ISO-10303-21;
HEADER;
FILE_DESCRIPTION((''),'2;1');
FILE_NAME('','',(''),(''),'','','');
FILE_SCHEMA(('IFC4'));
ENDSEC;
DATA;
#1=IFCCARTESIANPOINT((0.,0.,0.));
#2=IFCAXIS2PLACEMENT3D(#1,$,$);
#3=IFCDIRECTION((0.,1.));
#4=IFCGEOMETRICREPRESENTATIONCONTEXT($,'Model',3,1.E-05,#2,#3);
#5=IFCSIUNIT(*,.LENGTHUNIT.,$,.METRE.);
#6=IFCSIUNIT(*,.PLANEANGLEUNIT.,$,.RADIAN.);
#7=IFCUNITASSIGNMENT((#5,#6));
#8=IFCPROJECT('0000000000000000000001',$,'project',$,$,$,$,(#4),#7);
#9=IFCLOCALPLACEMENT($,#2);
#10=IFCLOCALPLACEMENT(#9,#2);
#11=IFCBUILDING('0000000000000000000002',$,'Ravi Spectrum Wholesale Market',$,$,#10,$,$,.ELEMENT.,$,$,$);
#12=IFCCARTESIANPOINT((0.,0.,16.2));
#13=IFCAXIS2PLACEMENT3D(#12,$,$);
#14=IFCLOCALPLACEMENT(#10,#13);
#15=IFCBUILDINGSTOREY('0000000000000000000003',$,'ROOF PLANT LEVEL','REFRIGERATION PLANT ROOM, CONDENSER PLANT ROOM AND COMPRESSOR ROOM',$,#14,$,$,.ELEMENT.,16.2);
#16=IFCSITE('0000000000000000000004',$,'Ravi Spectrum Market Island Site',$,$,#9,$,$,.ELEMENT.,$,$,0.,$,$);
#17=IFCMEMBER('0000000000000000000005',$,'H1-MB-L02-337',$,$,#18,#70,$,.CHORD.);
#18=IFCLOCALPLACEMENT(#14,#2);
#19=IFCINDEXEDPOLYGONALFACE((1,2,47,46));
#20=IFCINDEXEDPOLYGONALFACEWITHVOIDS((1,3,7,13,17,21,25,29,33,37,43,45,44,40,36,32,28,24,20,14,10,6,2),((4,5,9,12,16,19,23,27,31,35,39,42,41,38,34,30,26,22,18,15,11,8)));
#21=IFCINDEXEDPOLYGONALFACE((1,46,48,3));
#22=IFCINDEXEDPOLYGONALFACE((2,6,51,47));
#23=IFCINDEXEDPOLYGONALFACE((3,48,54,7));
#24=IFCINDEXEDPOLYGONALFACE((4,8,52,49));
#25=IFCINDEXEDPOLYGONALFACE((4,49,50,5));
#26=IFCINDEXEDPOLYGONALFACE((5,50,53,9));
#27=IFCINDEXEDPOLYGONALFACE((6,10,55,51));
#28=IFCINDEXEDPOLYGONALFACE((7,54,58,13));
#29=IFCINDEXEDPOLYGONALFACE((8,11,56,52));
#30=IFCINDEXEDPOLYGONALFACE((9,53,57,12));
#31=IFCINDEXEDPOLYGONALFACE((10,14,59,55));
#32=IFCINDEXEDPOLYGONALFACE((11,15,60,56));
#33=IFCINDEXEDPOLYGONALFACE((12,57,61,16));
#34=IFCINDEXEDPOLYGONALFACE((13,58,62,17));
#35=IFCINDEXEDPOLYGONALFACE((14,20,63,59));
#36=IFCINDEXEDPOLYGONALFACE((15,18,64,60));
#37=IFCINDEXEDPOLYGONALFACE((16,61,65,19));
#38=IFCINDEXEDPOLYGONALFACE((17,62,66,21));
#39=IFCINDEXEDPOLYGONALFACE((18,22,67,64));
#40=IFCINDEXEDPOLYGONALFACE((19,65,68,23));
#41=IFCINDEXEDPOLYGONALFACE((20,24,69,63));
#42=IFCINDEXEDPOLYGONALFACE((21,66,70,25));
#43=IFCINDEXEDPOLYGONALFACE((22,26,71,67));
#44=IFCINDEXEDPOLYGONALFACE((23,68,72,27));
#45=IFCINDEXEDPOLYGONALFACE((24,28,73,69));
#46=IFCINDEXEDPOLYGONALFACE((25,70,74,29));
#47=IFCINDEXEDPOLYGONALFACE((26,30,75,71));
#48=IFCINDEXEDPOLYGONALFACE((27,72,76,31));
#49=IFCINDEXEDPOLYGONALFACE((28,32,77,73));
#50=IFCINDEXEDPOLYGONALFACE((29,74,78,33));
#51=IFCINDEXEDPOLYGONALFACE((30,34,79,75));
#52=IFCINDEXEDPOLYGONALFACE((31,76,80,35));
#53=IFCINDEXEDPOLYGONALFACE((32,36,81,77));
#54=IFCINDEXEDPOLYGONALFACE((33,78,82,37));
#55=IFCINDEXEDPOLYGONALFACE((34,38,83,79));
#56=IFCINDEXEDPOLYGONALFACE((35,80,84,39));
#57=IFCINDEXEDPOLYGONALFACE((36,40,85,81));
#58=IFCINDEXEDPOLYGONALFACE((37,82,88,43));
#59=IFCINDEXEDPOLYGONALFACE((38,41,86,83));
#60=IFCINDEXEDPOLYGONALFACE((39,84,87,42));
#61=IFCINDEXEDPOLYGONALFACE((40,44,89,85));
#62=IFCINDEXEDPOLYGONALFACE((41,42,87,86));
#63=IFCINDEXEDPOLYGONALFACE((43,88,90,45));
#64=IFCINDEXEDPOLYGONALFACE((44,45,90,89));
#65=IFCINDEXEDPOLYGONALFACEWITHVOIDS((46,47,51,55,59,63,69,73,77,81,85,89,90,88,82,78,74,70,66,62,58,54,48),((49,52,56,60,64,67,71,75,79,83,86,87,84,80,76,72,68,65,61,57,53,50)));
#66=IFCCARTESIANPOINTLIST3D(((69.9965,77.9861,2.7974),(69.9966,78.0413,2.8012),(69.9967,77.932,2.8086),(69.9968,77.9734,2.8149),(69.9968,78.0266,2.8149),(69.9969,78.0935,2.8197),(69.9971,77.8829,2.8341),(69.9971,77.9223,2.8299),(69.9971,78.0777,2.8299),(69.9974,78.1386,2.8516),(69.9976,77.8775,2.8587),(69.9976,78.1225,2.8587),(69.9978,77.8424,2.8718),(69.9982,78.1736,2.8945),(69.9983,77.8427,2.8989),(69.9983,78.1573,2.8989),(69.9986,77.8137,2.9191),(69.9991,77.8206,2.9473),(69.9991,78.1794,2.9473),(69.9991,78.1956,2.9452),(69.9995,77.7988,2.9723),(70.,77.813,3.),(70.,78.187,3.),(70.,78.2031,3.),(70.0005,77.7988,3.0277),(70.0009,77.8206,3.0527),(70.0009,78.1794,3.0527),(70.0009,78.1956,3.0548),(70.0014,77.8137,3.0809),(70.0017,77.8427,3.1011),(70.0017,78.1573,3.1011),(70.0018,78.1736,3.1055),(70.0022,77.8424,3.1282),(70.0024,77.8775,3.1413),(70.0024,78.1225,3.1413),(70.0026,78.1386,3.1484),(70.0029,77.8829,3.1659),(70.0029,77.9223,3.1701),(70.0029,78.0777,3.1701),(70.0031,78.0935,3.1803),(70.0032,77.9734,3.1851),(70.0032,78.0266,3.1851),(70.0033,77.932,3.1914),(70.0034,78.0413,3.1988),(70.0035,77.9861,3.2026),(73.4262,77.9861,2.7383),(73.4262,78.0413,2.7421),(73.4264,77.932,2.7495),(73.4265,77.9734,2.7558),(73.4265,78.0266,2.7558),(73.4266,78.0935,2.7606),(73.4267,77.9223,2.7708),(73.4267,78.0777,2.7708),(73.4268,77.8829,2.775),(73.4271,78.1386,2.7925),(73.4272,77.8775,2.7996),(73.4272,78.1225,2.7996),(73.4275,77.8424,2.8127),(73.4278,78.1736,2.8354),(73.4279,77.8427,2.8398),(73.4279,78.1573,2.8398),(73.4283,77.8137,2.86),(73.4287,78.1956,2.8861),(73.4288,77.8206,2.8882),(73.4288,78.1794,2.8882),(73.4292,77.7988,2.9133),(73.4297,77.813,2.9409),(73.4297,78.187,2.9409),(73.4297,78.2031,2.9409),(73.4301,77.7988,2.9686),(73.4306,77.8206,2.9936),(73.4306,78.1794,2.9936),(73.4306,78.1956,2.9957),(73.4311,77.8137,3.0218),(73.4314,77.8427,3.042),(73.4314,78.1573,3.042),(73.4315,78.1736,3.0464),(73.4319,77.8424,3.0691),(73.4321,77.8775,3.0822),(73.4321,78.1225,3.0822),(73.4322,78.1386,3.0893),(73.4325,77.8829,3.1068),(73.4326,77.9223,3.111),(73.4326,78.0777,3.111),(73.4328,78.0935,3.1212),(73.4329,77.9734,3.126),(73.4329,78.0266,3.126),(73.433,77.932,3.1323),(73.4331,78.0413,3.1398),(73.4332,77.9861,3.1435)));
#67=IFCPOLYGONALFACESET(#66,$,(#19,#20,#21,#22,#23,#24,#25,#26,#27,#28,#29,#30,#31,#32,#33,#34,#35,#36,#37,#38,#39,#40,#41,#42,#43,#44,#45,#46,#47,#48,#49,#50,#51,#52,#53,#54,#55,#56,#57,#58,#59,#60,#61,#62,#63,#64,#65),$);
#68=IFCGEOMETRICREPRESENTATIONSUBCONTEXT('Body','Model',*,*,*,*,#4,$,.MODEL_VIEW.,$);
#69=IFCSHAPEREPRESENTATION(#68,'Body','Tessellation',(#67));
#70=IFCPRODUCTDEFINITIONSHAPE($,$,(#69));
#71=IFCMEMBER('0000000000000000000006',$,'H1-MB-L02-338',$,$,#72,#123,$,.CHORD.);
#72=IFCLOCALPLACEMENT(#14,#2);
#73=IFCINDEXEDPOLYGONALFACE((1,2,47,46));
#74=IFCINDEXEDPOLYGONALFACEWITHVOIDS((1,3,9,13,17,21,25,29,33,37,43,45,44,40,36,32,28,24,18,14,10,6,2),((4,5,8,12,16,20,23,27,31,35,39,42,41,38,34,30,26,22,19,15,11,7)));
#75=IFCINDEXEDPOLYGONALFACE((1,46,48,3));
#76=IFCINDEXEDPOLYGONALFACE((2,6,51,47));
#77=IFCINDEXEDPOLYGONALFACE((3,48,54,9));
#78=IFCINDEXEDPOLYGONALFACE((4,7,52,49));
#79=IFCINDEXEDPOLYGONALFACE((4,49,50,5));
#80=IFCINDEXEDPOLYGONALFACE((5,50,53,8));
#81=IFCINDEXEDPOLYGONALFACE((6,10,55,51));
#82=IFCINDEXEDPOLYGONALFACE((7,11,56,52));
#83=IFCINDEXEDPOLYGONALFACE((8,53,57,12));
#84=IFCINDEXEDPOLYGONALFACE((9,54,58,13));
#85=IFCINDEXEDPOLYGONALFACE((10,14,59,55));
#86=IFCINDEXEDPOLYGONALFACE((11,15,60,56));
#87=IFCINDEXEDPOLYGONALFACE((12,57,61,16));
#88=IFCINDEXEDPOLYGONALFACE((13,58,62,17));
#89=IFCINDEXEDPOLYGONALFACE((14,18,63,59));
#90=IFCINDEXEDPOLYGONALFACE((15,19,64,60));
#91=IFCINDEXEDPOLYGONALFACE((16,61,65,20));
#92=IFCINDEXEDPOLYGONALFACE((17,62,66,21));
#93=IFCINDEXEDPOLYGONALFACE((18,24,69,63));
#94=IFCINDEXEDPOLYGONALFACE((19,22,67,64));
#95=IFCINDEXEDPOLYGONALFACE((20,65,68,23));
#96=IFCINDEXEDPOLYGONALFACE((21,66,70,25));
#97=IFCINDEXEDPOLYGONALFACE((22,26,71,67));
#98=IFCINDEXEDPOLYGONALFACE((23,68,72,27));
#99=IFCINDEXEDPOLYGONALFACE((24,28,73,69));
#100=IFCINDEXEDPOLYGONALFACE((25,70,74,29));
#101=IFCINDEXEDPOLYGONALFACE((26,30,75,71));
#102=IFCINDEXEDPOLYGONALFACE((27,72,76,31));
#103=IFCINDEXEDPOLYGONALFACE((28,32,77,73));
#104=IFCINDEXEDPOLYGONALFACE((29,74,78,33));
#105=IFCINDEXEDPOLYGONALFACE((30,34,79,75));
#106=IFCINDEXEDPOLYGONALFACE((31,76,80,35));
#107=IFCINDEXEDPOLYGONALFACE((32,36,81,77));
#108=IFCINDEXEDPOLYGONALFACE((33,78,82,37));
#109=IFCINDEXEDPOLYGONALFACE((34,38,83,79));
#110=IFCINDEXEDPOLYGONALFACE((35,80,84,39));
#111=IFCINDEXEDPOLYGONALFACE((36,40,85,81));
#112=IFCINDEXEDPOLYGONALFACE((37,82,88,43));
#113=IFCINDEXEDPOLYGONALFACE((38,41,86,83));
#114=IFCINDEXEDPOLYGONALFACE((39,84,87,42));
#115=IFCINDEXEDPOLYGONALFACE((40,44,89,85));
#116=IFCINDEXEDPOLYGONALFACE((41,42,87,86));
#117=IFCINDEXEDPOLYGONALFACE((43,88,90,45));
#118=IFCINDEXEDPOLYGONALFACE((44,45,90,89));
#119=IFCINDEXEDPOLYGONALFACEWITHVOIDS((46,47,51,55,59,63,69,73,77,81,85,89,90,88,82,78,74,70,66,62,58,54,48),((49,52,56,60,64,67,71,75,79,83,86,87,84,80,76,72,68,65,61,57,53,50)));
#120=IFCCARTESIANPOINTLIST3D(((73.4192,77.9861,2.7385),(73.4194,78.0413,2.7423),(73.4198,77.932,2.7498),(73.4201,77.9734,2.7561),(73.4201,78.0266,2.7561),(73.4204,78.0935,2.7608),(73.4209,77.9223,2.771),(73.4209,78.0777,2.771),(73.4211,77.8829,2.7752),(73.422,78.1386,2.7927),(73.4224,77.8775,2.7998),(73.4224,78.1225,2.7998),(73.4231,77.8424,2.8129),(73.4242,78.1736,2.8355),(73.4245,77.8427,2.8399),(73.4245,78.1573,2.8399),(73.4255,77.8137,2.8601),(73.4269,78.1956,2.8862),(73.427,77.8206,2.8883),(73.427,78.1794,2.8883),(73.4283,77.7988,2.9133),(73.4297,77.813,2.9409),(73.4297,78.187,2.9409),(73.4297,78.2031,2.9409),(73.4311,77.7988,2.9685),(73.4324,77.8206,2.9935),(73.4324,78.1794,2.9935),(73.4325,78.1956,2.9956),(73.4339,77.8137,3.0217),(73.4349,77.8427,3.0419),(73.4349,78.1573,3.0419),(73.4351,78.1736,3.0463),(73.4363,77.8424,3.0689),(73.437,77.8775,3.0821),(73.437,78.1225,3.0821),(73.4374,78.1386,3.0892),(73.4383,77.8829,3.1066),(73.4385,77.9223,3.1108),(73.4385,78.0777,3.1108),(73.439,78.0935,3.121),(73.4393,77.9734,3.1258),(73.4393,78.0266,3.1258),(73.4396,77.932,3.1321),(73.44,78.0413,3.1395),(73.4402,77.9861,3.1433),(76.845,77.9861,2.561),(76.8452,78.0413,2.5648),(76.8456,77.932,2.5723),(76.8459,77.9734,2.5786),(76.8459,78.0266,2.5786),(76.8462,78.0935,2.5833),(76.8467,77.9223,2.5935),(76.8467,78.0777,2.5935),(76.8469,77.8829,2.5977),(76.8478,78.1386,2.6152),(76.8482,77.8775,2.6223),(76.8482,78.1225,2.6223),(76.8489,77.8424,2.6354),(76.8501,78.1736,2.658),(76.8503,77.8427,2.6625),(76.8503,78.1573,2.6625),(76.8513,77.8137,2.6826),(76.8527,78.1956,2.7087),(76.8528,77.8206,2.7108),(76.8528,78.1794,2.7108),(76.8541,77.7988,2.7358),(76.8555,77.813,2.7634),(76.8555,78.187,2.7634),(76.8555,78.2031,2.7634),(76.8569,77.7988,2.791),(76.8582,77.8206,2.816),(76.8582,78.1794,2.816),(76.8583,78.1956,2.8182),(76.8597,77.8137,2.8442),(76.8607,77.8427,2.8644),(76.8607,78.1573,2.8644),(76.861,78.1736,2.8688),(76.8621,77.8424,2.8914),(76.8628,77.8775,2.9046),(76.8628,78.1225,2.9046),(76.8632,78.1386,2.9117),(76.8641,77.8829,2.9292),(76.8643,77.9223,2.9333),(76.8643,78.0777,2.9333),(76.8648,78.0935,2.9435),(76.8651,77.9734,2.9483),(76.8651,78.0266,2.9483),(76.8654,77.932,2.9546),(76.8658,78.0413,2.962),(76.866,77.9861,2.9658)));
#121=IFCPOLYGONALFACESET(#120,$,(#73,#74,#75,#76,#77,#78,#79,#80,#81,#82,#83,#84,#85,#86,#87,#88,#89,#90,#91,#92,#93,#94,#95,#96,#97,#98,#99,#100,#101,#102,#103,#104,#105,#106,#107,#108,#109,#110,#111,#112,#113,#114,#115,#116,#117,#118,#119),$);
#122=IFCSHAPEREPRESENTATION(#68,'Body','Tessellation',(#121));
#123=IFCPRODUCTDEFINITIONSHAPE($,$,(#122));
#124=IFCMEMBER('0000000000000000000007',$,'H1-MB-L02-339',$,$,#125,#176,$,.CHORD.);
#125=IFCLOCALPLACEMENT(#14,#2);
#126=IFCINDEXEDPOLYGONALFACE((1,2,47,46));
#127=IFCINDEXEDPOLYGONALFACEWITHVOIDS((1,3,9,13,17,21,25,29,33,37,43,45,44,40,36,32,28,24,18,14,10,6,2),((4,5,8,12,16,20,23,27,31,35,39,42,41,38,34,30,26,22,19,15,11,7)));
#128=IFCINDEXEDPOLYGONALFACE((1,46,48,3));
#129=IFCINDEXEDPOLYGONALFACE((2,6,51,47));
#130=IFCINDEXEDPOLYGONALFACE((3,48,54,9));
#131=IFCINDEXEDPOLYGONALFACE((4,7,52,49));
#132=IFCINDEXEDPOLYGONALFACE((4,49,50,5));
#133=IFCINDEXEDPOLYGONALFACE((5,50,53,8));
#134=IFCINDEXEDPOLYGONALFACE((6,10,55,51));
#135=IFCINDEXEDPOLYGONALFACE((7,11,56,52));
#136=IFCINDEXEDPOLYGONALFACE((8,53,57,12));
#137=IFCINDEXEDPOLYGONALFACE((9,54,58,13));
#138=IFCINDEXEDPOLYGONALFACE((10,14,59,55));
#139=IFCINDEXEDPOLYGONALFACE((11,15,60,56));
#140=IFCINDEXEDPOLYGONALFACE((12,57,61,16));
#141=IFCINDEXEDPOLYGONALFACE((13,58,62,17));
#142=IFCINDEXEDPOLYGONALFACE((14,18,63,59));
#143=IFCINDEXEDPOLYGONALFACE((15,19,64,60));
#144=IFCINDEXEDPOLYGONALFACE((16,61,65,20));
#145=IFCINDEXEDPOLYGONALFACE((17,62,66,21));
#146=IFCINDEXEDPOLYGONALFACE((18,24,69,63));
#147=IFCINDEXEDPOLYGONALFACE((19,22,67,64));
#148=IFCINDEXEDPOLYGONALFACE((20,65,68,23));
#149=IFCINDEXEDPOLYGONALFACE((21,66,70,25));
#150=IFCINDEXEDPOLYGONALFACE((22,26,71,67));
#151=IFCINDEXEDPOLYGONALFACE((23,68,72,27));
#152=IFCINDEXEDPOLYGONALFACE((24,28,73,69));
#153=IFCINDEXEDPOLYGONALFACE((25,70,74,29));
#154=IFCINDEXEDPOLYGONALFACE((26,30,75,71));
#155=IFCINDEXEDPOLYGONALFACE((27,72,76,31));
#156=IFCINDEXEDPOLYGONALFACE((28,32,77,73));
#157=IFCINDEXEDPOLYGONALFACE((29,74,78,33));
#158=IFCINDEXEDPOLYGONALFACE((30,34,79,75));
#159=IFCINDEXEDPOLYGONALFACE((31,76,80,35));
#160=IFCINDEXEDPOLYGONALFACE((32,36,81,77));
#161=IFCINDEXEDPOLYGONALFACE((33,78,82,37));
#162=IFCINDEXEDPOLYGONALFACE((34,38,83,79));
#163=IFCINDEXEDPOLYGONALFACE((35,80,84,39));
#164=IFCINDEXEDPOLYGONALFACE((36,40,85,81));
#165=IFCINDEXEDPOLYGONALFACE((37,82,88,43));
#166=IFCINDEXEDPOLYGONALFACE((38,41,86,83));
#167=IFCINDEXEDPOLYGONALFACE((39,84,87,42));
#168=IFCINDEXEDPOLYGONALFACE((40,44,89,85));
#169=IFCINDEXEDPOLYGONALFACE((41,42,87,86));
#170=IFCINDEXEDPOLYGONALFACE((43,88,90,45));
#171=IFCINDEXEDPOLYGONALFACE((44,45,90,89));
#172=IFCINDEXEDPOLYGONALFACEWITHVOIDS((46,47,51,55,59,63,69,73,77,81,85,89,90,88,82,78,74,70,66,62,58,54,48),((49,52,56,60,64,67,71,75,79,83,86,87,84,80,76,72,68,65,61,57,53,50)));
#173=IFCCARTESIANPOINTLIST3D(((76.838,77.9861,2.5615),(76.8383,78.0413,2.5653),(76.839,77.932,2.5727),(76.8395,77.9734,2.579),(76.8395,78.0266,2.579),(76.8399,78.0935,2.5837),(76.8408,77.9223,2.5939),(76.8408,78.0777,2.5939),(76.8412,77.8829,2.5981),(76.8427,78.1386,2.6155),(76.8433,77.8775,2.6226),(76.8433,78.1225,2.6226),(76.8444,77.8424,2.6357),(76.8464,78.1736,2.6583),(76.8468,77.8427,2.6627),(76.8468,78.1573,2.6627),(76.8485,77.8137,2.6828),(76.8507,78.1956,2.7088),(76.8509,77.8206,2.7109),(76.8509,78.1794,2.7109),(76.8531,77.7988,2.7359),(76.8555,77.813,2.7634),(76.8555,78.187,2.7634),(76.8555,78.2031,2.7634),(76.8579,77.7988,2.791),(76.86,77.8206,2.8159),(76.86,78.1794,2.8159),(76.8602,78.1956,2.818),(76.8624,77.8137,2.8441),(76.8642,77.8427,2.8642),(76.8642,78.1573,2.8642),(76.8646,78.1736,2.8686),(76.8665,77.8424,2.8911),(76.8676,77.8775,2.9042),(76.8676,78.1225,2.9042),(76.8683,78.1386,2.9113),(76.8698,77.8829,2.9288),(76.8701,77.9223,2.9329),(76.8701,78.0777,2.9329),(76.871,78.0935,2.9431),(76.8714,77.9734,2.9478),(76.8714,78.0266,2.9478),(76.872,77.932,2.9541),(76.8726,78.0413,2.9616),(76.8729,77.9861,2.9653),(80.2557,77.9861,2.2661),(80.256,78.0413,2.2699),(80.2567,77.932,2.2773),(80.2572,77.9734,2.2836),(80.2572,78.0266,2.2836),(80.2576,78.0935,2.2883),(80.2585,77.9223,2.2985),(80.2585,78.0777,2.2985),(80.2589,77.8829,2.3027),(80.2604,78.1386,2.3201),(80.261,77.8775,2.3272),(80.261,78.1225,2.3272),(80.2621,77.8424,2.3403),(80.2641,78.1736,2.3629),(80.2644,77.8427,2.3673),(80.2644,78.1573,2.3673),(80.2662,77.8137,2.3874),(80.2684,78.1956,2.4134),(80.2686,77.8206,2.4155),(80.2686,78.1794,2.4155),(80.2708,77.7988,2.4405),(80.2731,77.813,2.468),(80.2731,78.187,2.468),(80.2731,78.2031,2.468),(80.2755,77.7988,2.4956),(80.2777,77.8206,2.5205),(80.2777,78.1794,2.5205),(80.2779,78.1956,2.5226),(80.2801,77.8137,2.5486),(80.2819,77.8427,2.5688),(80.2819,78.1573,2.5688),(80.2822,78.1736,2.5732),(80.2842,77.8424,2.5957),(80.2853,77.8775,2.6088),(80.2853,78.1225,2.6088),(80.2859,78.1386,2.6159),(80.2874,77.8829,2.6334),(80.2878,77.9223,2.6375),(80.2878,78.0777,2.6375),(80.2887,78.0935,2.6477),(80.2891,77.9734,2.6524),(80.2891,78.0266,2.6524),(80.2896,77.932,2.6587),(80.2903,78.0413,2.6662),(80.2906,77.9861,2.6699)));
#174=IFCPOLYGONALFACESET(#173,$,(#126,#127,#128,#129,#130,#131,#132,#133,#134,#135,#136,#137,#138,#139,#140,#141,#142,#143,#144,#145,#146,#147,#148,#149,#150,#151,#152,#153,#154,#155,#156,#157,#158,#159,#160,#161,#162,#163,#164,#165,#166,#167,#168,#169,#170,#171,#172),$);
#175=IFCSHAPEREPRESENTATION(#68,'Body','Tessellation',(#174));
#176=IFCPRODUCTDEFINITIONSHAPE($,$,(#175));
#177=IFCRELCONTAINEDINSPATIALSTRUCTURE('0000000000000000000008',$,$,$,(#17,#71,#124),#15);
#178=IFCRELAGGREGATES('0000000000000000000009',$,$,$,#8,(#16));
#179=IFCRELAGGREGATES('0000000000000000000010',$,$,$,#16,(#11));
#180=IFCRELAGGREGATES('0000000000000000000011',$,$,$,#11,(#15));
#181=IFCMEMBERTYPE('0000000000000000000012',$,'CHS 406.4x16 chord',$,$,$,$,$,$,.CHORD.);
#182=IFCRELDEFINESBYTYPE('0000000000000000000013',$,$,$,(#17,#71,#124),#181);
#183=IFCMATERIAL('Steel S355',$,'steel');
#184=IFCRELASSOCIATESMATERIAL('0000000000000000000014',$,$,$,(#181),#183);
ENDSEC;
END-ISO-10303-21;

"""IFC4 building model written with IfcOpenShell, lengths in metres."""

from ifc_helpers import new_model, si_unit, direction, frame, origin, origin_2d, place, context, subcontext, project, spatial, hollow_circle, extrude, material, material_profile, profile_set, type_object, element, save


model = new_model("IFC4")

# Units and contexts
model_context = context("Model", 3, precision=1e-05, world=origin(), true_north=direction((0.0, 1.0)))
body_context = subcontext(model_context, "Body", "Model", "MODEL_VIEW")
ifc_project = project(units=[si_unit("LENGTHUNIT", "METRE"), si_unit("PLANEANGLEUNIT", "RADIAN")], contexts=[model_context])

# Site, building, storey
site_placement = place(None, origin())
site = spatial("IfcSite", under=ifc_project, at=site_placement, Name="Ravi Spectrum Market Island Site", CompositionType="ELEMENT", RefElevation=0.0)
building_placement = place(site_placement, origin())
building = spatial("IfcBuilding", under=site, at=building_placement, Name="Ravi Spectrum Wholesale Market", CompositionType="ELEMENT")
storey_placement = place(building_placement, frame((0.0, 0.0, 16.2)))
storey = spatial("IfcBuildingStorey", under=building, at=storey_placement, Name="ROOF PLANT LEVEL", Description="REFRIGERATION PLANT ROOM, CONDENSER PLANT ROOM AND COMPRESSOR ROOM", CompositionType="ELEMENT", Elevation=16.2)

# Members
ifc_material_1 = material(Name="Steel S355", Category="steel")
ifc_material_profile_1 = material_profile(ifc_material_1, hollow_circle(Radius=0.2031, WallThickness=0.0161, at=origin_2d()))
ifc_profile_set_1 = profile_set([ifc_material_profile_1], Name="Steel S355")
member_type_1 = type_object("IfcMemberType", Name="CHS 406.4x16 chord", PredefinedType="CHORD", material=ifc_profile_set_1)
member_1_placement = place(storey_placement, frame((70.0, 78.0, 3.0), z_axis=(0.999852, 0.0, -0.017224), x_axis=(0.0, 1.0, 0.0)))
element("IfcMember", 1, at=member_1_placement, inside=storey, type_object=member_type_1, Name="H1-MB-L02-337", PredefinedType="CHORD", context=body_context, shape_type="SweptSolid", body=[
    extrude(hollow_circle(Radius=0.2031, WallThickness=0.0161, at=origin_2d()), origin(), (0.0, 0.0, 1.0), 3.4302),
])
for number, where, z_axis, x_axis, name in (
    (2, (73.4297, 78.0, 2.9409), (0.998661, 0.0, -0.051741), (0.0, 1.0, 0.0), "H1-MB-L02-338"),
    (3, (76.8555, 78.0, 2.7634), (0.996285, 0.0, -0.086114), (0.0, 1.0, 0.0), "H1-MB-L02-339"),
):
    element("IfcMember", number, at=place(storey_placement, frame(where, z_axis=z_axis, x_axis=x_axis)), inside=storey, type_object=member_type_1, Name=name, PredefinedType="CHORD", context=body_context, shape_type="SweptSolid", body=[
        extrude(hollow_circle(Radius=0.2031, WallThickness=0.0161, at=origin_2d()), origin(), (0.0, 0.0, 1.0), 3.4304),
    ])

save(model, "model.ifc")
